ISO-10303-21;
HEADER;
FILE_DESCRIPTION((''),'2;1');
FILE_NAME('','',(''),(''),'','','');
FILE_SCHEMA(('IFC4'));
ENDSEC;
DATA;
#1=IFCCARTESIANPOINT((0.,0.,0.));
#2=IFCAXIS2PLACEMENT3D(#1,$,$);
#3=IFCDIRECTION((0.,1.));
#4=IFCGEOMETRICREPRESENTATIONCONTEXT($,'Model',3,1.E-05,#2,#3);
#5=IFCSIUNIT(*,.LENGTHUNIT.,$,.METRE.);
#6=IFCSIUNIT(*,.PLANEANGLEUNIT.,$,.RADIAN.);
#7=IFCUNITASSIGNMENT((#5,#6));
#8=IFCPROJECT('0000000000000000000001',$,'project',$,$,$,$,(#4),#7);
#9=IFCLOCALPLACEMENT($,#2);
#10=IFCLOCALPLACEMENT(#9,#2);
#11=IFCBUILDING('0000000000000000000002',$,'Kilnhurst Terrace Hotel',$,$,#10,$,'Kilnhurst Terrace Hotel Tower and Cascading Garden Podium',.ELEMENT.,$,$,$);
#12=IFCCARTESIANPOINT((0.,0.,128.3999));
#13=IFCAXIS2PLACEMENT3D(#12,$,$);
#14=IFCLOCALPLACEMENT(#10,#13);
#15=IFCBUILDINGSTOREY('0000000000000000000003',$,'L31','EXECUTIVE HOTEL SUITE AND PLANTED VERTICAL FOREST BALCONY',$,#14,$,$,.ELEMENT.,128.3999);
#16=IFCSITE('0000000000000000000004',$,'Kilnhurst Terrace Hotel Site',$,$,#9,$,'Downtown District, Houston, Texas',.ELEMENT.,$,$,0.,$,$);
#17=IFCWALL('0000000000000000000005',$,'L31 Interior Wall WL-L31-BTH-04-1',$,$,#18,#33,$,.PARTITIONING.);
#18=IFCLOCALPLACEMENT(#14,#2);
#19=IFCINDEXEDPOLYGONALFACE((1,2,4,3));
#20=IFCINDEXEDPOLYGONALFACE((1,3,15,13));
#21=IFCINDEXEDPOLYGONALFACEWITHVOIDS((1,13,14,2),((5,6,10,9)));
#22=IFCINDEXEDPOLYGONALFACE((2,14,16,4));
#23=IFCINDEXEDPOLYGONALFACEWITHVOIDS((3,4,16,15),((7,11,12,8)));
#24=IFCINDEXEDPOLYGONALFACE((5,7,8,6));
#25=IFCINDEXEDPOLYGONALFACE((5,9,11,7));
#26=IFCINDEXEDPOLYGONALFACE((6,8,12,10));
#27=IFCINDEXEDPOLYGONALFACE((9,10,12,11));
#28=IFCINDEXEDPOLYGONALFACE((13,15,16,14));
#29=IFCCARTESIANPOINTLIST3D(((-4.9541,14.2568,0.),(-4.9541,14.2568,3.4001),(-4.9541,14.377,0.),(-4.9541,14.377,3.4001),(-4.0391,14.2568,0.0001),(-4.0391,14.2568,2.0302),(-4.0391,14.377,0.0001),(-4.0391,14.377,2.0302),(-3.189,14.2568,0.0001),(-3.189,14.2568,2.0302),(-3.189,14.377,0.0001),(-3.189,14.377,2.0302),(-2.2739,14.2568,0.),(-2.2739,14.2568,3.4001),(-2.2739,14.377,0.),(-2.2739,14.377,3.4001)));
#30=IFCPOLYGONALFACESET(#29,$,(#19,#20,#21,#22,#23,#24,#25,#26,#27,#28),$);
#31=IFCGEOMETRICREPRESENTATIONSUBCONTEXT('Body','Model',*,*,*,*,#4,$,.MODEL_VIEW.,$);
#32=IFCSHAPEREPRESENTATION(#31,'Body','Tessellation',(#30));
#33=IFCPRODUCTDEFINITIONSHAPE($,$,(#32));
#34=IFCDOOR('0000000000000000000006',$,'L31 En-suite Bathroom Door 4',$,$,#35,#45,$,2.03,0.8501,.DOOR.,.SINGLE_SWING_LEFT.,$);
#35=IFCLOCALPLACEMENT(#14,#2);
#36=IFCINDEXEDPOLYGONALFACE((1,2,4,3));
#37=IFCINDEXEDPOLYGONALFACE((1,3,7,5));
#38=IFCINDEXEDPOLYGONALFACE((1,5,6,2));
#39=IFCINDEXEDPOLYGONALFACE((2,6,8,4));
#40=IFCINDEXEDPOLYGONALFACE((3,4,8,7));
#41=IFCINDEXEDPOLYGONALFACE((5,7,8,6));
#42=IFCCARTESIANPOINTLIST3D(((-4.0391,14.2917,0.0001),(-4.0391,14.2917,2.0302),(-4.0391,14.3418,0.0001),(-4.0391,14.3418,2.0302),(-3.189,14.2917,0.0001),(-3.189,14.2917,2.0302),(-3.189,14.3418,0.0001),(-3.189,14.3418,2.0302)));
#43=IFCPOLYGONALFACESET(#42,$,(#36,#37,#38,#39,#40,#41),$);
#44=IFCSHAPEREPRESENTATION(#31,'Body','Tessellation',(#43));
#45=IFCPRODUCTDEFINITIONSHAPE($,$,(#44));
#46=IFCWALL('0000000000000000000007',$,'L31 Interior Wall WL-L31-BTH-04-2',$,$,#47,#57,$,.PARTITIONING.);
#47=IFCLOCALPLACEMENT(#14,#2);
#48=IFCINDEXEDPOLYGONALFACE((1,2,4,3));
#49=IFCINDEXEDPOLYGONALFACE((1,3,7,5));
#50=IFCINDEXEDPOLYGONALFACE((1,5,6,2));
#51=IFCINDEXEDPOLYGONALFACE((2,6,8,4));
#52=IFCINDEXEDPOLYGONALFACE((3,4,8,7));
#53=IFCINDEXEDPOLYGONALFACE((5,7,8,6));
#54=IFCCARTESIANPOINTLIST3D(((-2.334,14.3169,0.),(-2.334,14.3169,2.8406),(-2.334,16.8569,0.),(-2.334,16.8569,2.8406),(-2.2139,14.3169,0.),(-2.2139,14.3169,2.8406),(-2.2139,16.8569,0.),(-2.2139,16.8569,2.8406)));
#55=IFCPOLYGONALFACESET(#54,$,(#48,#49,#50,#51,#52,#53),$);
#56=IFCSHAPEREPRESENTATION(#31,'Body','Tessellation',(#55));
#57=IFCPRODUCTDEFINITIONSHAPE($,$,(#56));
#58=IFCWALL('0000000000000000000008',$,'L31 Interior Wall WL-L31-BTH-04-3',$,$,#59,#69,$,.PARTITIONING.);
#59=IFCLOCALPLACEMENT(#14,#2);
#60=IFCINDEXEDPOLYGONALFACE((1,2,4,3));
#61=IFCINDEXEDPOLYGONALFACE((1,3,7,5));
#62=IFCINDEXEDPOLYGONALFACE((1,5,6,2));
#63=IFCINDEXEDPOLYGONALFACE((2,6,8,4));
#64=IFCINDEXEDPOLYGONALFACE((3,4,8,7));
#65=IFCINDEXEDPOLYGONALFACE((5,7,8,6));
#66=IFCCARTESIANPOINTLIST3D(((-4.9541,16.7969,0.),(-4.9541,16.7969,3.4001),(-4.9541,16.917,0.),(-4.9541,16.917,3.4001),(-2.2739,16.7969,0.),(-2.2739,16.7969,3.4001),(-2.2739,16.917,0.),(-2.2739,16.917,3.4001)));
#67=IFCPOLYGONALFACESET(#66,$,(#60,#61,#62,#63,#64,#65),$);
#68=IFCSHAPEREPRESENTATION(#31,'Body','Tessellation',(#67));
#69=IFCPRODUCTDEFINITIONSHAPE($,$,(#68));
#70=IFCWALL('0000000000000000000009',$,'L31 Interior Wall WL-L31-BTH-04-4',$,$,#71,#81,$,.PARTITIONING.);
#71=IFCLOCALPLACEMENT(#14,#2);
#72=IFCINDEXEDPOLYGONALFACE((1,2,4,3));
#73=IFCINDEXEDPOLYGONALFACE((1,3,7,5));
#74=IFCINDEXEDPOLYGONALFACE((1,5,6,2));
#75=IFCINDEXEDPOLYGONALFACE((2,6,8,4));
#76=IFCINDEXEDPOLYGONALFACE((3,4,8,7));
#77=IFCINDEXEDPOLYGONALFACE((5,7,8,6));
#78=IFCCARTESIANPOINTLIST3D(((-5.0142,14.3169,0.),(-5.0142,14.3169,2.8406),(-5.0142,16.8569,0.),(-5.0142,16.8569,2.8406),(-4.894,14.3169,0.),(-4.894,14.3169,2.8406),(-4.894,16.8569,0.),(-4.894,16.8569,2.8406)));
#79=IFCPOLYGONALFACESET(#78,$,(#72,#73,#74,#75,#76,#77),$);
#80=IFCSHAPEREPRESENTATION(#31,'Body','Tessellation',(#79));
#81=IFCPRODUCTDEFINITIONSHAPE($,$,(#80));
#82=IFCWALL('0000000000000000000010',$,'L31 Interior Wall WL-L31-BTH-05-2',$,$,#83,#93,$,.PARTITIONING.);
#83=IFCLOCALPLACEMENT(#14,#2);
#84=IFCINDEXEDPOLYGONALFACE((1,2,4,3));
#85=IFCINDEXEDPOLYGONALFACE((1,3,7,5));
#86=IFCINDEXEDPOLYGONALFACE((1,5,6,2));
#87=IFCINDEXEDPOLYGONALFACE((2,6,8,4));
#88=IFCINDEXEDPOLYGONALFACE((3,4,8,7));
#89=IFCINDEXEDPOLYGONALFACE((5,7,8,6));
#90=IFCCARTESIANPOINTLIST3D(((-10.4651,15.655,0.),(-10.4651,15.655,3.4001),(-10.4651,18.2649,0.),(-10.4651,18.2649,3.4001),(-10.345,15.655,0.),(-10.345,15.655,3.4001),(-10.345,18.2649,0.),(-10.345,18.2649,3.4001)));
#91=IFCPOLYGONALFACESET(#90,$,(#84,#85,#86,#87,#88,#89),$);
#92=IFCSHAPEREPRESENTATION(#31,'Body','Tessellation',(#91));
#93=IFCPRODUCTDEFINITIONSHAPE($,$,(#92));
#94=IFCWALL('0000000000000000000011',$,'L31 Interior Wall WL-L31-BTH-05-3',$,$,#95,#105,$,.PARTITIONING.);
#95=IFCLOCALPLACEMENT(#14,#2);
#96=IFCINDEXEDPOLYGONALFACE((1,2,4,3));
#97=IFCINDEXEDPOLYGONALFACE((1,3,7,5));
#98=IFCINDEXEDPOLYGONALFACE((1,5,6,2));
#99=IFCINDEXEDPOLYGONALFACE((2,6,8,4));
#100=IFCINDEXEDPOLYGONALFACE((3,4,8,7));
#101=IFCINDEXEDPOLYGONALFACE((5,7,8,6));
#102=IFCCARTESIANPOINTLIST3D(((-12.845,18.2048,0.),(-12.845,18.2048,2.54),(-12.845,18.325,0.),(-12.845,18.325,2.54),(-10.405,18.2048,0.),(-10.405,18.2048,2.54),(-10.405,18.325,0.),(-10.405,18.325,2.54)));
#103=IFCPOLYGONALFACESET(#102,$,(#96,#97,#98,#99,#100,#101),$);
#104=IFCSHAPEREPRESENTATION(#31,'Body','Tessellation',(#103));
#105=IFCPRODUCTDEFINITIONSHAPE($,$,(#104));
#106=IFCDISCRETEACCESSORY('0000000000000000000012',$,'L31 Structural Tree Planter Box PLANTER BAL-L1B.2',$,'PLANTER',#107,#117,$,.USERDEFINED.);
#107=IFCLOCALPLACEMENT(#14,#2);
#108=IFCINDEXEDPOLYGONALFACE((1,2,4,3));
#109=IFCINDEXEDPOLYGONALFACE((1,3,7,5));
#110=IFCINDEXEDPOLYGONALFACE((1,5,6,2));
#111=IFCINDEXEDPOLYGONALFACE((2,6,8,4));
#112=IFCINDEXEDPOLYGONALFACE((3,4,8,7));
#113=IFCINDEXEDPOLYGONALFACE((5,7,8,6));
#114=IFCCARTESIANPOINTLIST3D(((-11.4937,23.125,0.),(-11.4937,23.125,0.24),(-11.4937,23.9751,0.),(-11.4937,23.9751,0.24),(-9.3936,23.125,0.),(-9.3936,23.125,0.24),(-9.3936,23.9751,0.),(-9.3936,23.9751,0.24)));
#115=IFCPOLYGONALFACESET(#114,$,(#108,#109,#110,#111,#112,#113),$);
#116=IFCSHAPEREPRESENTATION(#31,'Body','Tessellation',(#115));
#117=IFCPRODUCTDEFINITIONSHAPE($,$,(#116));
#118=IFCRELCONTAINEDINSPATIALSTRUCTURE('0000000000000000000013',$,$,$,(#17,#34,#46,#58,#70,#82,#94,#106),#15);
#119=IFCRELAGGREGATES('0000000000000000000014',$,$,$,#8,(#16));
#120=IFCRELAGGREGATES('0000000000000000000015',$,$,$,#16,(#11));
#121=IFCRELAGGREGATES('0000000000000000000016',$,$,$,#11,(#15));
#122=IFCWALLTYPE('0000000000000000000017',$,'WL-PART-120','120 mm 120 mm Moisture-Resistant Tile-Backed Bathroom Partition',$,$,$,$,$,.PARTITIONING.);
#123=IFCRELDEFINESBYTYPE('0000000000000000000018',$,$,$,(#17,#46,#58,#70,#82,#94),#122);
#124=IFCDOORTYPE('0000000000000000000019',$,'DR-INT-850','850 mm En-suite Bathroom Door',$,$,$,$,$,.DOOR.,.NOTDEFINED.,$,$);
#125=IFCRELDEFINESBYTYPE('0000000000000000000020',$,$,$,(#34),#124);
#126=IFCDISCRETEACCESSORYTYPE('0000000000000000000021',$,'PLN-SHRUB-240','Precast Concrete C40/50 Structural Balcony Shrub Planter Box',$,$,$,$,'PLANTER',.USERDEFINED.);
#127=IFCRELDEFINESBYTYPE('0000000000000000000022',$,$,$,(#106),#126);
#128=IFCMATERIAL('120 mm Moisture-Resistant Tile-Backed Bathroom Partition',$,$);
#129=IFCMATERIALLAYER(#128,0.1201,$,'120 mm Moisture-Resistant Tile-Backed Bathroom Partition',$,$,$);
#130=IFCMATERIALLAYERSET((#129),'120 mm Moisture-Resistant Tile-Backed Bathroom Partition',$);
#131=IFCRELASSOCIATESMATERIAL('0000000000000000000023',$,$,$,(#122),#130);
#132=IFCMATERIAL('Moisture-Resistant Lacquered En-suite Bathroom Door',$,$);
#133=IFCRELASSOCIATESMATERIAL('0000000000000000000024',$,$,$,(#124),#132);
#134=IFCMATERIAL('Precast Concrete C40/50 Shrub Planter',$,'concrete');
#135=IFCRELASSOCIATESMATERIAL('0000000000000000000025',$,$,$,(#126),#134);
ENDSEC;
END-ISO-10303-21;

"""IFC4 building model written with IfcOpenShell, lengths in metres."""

from ifc_helpers import new_model, si_unit, direction, frame, frame_2d, origin, origin_2d, place, context, subcontext, project, spatial, rectangle, extrude, material, layer, layer_set, type_object, element, fill, save


model = new_model("IFC4")

# Units and contexts
model_context = context("Model", 3, precision=1e-05, world=origin(), true_north=direction((0.0, 1.0)))
body_context = subcontext(model_context, "Body", "Model", "MODEL_VIEW")
ifc_project = project(units=[si_unit("LENGTHUNIT", "METRE"), si_unit("PLANEANGLEUNIT", "RADIAN")], contexts=[model_context])

# Site, building, storey
site_placement = place(None, origin())
site = spatial("IfcSite", under=ifc_project, at=site_placement, Name="Kilnhurst Terrace Hotel Site", LongName="Downtown District, Houston, Texas", CompositionType="ELEMENT", RefElevation=0.0)
building_placement = place(site_placement, origin())
building = spatial("IfcBuilding", under=site, at=building_placement, Name="Kilnhurst Terrace Hotel", LongName="Kilnhurst Terrace Hotel Tower and Cascading Garden Podium", CompositionType="ELEMENT")
storey_placement = place(building_placement, frame((0.0, 0.0, 128.3999)))
storey = spatial("IfcBuildingStorey", under=building, at=storey_placement, Name="L31", Description="EXECUTIVE HOTEL SUITE AND PLANTED VERTICAL FOREST BALCONY", CompositionType="ELEMENT", Elevation=128.3999)

# Wall, opening, door
ifc_material_1 = material(Name="120 mm Moisture-Resistant Tile-Backed Bathroom Partition")
ifc_layer_1 = layer(ifc_material_1, 0.1201, Name="120 mm Moisture-Resistant Tile-Backed Bathroom Partition")
ifc_layer_set_1 = layer_set([ifc_layer_1], Name="120 mm Moisture-Resistant Tile-Backed Bathroom Partition")
wall_type_1 = type_object("IfcWallType", Name="WL-PART-120", Description="120 mm 120 mm Moisture-Resistant Tile-Backed Bathroom Partition", PredefinedType="PARTITIONING", material=ifc_layer_set_1)
wall_1_placement = place(storey_placement, frame((-4.9541, 14.3169, 0.0), z_axis=(0.0, 0.0, 1.0), x_axis=(1.0, 0.0, 0.0)))
wall_1 = element("IfcWall", 1, at=wall_1_placement, inside=storey, type_object=wall_type_1, Name="L31 Interior Wall WL-L31-BTH-04-1", PredefinedType="PARTITIONING", context=body_context, shape_type="SweptSolid", body=[
    extrude(rectangle(XDim=2.6802, YDim=0.1201, at=frame_2d((1.3401, 0.0))), origin(), (0.0, 0.0, 1.0), 3.4001),
])
opening_placement = place(wall_1_placement, frame((0.915, 0.0, 0.0)))
opening = element("IfcOpeningElement", 2, at=opening_placement, cuts=wall_1, PredefinedType="OPENING", context=body_context, shape_type="SweptSolid", body=[
    extrude(rectangle(XDim=0.8501, YDim=2.03, at=frame_2d((0.425, 1.0151))), frame((0.0, 0.0701, 0.0), z_axis=(0.0, -1.0, 0.0), x_axis=(1.0, 0.0, 0.0)), (0.0, 0.0, 1.0), 0.1401),
])
ifc_material_2 = material(Name="Moisture-Resistant Lacquered En-suite Bathroom Door")
door_type = type_object("IfcDoorType", Name="DR-INT-850", Description="850 mm En-suite Bathroom Door", OperationType="NOTDEFINED", PredefinedType="DOOR", material=ifc_material_2)
door_placement = place(opening_placement, origin())
door = element("IfcDoor", 3, at=door_placement, inside=storey, type_object=door_type, Name="L31 En-suite Bathroom Door 4", OperationType="SINGLE_SWING_LEFT", OverallHeight=2.03, OverallWidth=0.8501, PredefinedType="DOOR", context=body_context, shape_type="SweptSolid", body=[
    extrude(rectangle(XDim=0.8501, YDim=2.03, at=frame_2d((0.425, 1.0151))), frame((0.0, 0.0249, 0.0), z_axis=(0.0, -1.0, 0.0), x_axis=(1.0, 0.0, 0.0)), (0.0, 0.0, 1.0), 0.05),
])
fill(opening, door)

# Walls
wall_2_placement = place(storey_placement, frame((-2.2739, 14.3169, 0.0), z_axis=(0.0, 0.0, 1.0), x_axis=(0.0, 1.0, 0.0)))
element("IfcWall", 4, at=wall_2_placement, inside=storey, type_object=wall_type_1, Name="L31 Interior Wall WL-L31-BTH-04-2", PredefinedType="PARTITIONING", context=body_context, shape_type="SweptSolid", body=[
    extrude(rectangle(XDim=2.54, YDim=0.1201, at=frame_2d((1.27, 0.0))), origin(), (0.0, 0.0, 1.0), 2.8406),
])
wall_3_placement = place(storey_placement, frame((-2.2739, 16.8569, 0.0), z_axis=(0.0, 0.0, 1.0), x_axis=(-1.0, 0.0, 0.0)))
element("IfcWall", 5, at=wall_3_placement, inside=storey, type_object=wall_type_1, Name="L31 Interior Wall WL-L31-BTH-04-3", PredefinedType="PARTITIONING", context=body_context, shape_type="SweptSolid", body=[
    extrude(rectangle(XDim=2.6802, YDim=0.1201, at=frame_2d((1.3401, 0.0))), origin(), (0.0, 0.0, 1.0), 3.4001),
])
wall_4_placement = place(storey_placement, frame((-4.9541, 16.8569, 0.0), z_axis=(0.0, 0.0, 1.0), x_axis=(0.0, -1.0, 0.0)))
element("IfcWall", 6, at=wall_4_placement, inside=storey, type_object=wall_type_1, Name="L31 Interior Wall WL-L31-BTH-04-4", PredefinedType="PARTITIONING", context=body_context, shape_type="SweptSolid", body=[
    extrude(rectangle(XDim=2.54, YDim=0.1201, at=frame_2d((1.27, 0.0))), origin(), (0.0, 0.0, 1.0), 2.8406),
])
wall_5_placement = place(storey_placement, frame((-10.405, 15.655, 0.0), z_axis=(0.0, 0.0, 1.0), x_axis=(0.0, 1.0, 0.0)))
element("IfcWall", 7, at=wall_5_placement, inside=storey, type_object=wall_type_1, Name="L31 Interior Wall WL-L31-BTH-05-2", PredefinedType="PARTITIONING", context=body_context, shape_type="SweptSolid", body=[
    extrude(rectangle(XDim=2.6099, YDim=0.1201, at=frame_2d((1.3049, 0.0))), origin(), (0.0, 0.0, 1.0), 3.4001),
])
wall_6_placement = place(storey_placement, frame((-10.405, 18.2649, 0.0), z_axis=(0.0, 0.0, 1.0), x_axis=(-1.0, 0.0, 0.0)))
element("IfcWall", 8, at=wall_6_placement, inside=storey, type_object=wall_type_1, Name="L31 Interior Wall WL-L31-BTH-05-3", PredefinedType="PARTITIONING", context=body_context, shape_type="SweptSolid", body=[
    extrude(rectangle(XDim=2.4399, YDim=0.1201, at=frame_2d((1.22, 0.0))), origin(), (0.0, 0.0, 1.0), 2.54),
])

# Discrete accessory
ifc_material_3 = material(Name="Precast Concrete C40/50 Shrub Planter", Category="concrete")
discrete_accessory_type = type_object("IfcDiscreteAccessoryType", Name="PLN-SHRUB-240", Description="Precast Concrete C40/50 Structural Balcony Shrub Planter Box", ElementType="PLANTER", PredefinedType="USERDEFINED", material=ifc_material_3)
discrete_accessory_placement = place(storey_placement, frame((-10.4436, 23.55, 0.0), z_axis=(0.0, 0.0, 1.0), x_axis=(-1.0, 0.0, 0.0)))
element("IfcDiscreteAccessory", 9, at=discrete_accessory_placement, inside=storey, type_object=discrete_accessory_type, Name="L31 Structural Tree Planter Box PLANTER BAL-L1B.2", ObjectType="PLANTER", PredefinedType="USERDEFINED", context=body_context, shape_type="SweptSolid", body=[
    extrude(rectangle(XDim=2.1001, YDim=0.8501, at=origin_2d()), origin(), (0.0, 0.0, 1.0), 0.24),
])

save(model, "model.ifc")
